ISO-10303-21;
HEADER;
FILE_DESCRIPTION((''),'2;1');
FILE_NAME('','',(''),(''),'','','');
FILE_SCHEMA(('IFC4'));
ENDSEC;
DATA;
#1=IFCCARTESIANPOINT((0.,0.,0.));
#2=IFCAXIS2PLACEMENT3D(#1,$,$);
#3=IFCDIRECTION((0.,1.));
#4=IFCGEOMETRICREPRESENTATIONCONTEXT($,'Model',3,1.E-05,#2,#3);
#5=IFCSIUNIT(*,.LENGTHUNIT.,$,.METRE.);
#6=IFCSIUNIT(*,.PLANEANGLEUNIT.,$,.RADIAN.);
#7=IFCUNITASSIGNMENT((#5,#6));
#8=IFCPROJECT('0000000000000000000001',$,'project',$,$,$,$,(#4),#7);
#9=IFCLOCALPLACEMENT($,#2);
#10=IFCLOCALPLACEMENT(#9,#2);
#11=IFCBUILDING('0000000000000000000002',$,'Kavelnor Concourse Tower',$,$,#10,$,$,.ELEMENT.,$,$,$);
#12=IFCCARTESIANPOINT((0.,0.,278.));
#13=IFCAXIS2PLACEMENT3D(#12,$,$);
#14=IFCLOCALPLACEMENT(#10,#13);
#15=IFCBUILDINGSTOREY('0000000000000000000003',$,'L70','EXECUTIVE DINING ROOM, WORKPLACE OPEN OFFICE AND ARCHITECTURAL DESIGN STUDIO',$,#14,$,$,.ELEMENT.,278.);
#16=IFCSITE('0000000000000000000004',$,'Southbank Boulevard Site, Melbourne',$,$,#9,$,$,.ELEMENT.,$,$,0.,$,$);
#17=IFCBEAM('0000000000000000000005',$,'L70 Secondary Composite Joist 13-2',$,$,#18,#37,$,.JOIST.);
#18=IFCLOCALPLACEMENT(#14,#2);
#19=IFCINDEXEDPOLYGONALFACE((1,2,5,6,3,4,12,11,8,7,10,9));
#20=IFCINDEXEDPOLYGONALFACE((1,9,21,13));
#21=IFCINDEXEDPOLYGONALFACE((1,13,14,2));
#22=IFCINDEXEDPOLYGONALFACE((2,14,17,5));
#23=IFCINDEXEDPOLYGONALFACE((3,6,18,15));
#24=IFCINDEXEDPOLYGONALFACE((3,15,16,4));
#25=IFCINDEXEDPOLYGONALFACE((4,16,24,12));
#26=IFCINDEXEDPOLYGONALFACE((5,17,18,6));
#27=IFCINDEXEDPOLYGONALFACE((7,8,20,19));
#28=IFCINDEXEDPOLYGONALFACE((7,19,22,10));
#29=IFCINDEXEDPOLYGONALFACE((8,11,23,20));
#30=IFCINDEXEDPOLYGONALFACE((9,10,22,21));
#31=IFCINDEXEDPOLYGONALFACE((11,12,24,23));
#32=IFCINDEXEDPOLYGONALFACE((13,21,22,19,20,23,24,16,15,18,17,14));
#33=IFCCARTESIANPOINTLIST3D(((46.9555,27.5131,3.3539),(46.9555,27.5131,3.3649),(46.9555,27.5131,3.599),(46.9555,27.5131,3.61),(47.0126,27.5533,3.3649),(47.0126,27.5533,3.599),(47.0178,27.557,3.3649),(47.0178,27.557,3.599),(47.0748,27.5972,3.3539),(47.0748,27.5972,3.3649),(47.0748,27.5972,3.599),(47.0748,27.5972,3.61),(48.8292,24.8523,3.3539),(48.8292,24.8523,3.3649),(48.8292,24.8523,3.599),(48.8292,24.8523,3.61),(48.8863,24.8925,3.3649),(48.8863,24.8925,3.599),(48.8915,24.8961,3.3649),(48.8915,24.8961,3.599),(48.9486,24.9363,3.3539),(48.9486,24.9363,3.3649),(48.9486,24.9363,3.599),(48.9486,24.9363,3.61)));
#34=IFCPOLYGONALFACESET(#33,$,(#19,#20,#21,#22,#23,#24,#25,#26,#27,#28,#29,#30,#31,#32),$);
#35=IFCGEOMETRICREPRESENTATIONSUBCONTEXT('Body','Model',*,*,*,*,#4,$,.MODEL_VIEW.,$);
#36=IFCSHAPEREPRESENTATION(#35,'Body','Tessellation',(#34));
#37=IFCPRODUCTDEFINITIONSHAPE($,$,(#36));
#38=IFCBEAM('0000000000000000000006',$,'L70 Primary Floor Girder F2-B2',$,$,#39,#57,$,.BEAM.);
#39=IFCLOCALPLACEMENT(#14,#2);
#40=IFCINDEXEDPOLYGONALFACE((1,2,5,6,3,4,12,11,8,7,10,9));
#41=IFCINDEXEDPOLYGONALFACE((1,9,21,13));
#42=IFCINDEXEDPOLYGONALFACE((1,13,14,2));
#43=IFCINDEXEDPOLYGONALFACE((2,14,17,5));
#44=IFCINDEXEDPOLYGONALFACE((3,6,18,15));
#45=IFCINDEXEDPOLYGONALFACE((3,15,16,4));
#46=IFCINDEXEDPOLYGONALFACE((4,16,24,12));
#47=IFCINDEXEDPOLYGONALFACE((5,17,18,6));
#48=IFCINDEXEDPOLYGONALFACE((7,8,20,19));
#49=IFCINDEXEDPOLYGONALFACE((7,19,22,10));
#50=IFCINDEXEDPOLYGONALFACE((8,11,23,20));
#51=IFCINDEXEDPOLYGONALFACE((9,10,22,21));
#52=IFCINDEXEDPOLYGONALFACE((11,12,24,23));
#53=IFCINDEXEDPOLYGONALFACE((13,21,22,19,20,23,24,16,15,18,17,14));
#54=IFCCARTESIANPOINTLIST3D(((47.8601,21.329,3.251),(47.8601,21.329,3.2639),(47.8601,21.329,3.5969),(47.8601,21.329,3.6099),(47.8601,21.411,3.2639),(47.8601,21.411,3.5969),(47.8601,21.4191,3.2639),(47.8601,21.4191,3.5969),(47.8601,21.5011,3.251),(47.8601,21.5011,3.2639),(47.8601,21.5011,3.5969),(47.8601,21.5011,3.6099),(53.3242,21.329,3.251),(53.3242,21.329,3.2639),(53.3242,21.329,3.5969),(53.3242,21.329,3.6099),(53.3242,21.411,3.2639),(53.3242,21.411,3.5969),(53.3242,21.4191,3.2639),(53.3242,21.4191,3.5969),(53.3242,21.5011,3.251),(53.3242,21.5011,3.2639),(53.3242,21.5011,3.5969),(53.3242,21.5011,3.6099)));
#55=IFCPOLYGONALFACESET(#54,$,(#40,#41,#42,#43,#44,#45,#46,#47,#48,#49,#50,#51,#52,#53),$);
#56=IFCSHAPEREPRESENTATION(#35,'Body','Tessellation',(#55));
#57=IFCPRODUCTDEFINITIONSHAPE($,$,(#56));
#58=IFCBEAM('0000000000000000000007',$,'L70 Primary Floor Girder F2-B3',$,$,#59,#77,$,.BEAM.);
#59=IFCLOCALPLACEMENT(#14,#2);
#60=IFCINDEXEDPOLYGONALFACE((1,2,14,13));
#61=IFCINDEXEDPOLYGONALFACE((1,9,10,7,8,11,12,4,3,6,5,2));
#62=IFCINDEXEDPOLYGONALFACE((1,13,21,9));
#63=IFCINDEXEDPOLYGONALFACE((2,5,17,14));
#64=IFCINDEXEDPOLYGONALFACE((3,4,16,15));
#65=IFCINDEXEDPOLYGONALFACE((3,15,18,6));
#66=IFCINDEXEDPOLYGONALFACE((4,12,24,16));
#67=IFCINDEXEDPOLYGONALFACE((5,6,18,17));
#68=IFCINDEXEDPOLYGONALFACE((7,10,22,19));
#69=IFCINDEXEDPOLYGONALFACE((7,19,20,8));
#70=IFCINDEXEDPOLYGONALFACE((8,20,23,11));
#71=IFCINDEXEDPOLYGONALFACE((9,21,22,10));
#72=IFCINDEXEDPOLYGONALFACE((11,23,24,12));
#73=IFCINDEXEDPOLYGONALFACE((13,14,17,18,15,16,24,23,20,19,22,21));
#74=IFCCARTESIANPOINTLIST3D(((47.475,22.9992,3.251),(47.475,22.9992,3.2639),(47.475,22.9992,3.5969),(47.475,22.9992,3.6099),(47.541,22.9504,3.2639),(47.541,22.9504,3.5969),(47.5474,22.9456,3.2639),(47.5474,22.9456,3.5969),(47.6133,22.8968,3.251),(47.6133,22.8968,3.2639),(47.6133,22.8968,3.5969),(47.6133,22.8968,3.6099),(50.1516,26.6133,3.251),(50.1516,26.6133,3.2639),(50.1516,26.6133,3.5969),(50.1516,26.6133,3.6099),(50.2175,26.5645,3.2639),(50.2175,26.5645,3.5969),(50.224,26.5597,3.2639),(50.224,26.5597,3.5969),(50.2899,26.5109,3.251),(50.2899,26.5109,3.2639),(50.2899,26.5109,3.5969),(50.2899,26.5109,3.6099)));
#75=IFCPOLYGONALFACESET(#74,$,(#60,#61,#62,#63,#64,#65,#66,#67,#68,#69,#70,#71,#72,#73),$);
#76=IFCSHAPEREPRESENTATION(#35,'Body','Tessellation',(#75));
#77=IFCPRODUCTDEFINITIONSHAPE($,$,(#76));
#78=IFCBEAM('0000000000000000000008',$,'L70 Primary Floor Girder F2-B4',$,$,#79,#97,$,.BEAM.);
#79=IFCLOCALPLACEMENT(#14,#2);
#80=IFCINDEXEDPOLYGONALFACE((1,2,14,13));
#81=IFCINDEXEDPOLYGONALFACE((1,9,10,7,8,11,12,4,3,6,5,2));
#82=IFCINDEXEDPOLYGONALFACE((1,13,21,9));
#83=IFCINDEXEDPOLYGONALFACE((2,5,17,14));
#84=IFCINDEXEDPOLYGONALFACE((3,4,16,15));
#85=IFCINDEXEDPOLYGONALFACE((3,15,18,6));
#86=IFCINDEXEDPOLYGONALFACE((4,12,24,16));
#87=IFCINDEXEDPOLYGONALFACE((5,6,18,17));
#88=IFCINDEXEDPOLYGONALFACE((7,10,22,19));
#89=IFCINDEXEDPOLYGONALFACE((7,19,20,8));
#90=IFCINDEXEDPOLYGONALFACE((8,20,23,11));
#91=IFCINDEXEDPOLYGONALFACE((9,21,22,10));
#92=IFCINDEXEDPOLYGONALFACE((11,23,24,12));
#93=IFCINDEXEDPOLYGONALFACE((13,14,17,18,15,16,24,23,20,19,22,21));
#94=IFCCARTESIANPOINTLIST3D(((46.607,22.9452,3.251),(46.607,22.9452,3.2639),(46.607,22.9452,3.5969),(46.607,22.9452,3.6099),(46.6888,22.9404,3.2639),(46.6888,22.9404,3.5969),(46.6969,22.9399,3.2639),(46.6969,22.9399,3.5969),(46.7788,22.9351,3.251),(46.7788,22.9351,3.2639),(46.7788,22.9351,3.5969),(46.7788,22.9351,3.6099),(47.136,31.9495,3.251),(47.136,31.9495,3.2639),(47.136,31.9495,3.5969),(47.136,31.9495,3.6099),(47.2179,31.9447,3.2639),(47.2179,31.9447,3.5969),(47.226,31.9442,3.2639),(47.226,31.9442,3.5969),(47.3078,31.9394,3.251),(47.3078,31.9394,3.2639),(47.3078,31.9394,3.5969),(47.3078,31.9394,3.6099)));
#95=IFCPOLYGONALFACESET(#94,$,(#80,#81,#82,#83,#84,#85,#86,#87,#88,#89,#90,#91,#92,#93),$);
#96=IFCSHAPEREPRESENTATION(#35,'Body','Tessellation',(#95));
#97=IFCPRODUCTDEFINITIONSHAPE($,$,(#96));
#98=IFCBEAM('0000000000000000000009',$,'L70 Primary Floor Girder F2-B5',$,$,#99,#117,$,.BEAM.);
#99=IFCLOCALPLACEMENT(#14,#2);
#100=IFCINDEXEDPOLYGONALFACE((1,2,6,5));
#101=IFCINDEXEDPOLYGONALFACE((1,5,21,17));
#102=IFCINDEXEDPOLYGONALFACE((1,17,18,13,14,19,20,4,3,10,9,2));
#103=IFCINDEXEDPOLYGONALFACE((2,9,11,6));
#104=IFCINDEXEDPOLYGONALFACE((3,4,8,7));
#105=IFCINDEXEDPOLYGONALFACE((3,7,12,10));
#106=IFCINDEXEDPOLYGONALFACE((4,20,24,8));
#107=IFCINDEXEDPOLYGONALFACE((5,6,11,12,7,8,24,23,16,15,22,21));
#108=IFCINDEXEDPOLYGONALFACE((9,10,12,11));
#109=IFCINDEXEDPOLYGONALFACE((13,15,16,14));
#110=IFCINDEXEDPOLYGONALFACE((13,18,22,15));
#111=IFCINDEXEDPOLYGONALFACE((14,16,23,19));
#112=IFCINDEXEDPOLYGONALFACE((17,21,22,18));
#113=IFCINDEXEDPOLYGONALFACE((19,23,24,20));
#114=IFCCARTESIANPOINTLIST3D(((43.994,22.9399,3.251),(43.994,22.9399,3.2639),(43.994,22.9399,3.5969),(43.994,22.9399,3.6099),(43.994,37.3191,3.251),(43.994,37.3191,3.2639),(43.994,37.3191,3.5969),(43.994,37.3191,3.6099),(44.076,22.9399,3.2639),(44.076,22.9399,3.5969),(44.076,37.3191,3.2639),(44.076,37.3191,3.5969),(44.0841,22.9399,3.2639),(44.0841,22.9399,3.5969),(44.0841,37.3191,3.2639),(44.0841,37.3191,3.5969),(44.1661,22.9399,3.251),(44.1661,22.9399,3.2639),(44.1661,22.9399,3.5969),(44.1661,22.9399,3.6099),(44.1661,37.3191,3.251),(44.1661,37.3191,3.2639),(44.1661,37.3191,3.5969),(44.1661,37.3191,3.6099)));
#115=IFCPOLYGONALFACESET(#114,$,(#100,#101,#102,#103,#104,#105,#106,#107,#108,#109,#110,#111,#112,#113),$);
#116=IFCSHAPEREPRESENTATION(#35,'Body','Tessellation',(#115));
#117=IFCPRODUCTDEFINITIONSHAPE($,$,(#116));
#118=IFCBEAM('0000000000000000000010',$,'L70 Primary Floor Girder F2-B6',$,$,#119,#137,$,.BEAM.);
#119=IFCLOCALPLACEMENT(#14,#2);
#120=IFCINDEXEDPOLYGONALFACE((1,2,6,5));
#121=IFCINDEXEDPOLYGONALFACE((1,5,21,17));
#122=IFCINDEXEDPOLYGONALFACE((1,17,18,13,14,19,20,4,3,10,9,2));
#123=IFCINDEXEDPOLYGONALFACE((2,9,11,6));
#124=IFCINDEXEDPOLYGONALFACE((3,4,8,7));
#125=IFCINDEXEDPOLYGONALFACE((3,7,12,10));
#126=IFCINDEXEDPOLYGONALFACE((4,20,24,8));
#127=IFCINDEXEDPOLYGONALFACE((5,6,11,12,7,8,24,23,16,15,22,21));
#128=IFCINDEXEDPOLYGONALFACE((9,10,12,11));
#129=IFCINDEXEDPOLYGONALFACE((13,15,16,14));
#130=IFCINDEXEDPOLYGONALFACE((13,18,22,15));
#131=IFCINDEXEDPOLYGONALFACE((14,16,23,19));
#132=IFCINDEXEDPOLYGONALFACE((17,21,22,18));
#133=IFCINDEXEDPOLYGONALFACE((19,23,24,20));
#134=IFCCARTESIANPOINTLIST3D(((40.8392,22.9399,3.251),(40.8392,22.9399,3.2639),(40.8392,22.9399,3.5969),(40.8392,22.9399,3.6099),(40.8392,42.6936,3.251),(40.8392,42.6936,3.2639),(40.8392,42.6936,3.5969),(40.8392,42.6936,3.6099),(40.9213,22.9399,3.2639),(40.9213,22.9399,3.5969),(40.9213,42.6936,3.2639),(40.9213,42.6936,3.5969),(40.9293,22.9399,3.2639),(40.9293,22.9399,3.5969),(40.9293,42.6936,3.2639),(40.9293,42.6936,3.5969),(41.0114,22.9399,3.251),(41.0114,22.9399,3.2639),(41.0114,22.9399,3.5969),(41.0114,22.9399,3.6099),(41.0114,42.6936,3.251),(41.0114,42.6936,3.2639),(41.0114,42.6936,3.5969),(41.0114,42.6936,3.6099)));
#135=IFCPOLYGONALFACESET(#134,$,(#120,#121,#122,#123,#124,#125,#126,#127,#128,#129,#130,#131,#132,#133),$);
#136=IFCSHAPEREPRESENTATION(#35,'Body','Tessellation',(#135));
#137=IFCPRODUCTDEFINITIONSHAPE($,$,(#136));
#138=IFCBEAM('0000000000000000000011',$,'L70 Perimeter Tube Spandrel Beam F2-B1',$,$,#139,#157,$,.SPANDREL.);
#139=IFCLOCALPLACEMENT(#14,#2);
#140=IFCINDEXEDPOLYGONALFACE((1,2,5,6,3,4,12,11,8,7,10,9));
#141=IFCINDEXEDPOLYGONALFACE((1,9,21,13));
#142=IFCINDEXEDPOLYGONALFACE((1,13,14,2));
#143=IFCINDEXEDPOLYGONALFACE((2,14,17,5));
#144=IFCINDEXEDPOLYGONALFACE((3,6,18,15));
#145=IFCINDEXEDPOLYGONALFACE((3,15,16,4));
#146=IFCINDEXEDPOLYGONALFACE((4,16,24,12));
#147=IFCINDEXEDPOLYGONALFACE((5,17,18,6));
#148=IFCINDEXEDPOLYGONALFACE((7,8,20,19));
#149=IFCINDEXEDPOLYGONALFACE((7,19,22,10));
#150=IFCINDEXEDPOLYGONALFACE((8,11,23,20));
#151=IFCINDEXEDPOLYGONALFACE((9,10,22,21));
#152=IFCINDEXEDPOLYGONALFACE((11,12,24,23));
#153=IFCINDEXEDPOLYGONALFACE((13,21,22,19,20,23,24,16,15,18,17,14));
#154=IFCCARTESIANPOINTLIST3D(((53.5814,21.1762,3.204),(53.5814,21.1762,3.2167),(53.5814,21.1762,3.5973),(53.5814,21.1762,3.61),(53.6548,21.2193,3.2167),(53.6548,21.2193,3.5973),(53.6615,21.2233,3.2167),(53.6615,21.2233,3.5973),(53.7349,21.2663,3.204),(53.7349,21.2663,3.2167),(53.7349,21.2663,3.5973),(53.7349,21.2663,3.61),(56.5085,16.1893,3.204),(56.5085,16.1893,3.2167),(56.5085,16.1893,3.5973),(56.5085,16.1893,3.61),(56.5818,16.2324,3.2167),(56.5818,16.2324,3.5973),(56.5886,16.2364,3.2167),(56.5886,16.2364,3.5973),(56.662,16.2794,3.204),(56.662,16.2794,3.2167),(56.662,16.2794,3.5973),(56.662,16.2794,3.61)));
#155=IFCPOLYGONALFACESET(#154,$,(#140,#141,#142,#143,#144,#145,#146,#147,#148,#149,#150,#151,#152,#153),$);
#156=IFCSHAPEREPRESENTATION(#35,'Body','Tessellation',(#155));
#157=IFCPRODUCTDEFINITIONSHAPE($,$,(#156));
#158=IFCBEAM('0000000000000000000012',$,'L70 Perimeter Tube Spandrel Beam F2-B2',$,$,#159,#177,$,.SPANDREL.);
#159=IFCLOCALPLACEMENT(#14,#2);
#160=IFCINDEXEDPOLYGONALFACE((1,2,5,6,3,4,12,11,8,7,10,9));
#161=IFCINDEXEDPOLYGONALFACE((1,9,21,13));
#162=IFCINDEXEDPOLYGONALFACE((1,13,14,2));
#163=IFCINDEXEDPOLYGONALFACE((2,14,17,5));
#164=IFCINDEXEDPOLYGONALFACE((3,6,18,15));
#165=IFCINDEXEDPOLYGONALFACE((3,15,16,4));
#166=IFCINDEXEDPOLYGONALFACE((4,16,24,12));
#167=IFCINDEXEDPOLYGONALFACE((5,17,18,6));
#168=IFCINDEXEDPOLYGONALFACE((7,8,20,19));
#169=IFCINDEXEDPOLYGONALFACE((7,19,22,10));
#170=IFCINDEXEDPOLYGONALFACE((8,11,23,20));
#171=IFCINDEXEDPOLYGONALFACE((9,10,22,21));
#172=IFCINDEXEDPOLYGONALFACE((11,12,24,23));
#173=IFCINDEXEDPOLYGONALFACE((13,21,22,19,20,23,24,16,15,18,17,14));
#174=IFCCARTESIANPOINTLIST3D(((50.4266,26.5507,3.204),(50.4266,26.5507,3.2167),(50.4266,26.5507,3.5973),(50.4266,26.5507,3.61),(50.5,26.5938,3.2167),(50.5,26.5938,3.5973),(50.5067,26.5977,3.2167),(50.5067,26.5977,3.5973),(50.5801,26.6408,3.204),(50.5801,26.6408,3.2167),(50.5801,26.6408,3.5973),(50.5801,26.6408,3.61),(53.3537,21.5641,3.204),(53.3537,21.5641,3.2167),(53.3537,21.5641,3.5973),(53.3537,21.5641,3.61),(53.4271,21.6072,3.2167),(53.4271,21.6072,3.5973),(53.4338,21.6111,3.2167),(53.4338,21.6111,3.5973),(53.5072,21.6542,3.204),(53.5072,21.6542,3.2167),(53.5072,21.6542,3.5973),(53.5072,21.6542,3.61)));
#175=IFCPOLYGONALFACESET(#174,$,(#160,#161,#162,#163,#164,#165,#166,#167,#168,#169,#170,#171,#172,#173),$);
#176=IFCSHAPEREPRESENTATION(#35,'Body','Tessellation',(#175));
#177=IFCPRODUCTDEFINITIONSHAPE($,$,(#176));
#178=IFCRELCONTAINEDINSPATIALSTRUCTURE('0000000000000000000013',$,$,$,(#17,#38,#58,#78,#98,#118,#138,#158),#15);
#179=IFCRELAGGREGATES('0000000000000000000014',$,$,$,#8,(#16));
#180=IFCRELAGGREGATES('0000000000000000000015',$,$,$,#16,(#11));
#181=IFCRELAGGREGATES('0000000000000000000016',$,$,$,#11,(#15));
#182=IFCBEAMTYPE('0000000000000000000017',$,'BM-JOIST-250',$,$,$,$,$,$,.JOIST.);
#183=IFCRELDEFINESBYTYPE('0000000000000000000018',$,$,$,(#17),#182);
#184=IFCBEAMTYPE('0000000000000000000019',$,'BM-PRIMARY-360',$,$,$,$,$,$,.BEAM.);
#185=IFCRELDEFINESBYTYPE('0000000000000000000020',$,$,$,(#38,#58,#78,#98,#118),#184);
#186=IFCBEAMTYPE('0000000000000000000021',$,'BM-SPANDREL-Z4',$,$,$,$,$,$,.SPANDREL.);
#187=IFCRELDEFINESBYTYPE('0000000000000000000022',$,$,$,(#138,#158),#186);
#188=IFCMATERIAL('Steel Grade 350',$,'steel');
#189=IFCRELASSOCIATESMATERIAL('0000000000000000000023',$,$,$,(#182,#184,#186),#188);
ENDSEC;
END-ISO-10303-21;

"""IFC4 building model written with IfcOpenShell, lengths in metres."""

from ifc_helpers import new_model, si_unit, direction, frame, origin, origin_2d, place, context, subcontext, project, spatial, i_section, extrude, material, material_profile, profile_set, type_object, element, save


model = new_model("IFC4")

# Units and contexts
model_context = context("Model", 3, precision=1e-05, world=origin(), true_north=direction((0.0, 1.0)))
body_context = subcontext(model_context, "Body", "Model", "MODEL_VIEW")
ifc_project = project(units=[si_unit("LENGTHUNIT", "METRE"), si_unit("PLANEANGLEUNIT", "RADIAN")], contexts=[model_context])

# Site, building, storey
site_placement = place(None, origin())
site = spatial("IfcSite", under=ifc_project, at=site_placement, Name="Southbank Boulevard Site, Melbourne", CompositionType="ELEMENT", RefElevation=0.0)
building_placement = place(site_placement, origin())
building = spatial("IfcBuilding", under=site, at=building_placement, Name="Kavelnor Concourse Tower", CompositionType="ELEMENT")
storey_placement = place(building_placement, frame((0.0, 0.0, 278.0)))
storey = spatial("IfcBuildingStorey", under=building, at=storey_placement, Name="L70", Description="EXECUTIVE DINING ROOM, WORKPLACE OPEN OFFICE AND ARCHITECTURAL DESIGN STUDIO", CompositionType="ELEMENT", Elevation=278.0)

# Shared definitions
ifc_material_1 = material(Name="Steel Grade 350", Category="steel")

# Beams
ifc_material_profile_1 = material_profile(ifc_material_1, i_section(OverallWidth=0.146, OverallDepth=0.2561, WebThickness=0.0063, FlangeThickness=0.011, at=origin_2d()), Name="250UB37")
ifc_profile_set_1 = profile_set([ifc_material_profile_1], Name="Steel Grade 350")
beam_type_1 = type_object("IfcBeamType", Name="BM-JOIST-250", PredefinedType="JOIST", material=ifc_profile_set_1)
beam_1_placement = place(storey_placement, frame((48.8889, 24.8943, 3.4819), z_axis=(-0.575761, 0.817618, 0.0), x_axis=(-0.817618, -0.575761, 0.0)))
element("IfcBeam", 1, at=beam_1_placement, inside=storey, type_object=beam_type_1, Name="L70 Secondary Composite Joist 13-2", PredefinedType="JOIST", context=body_context, shape_type="SweptSolid", body=[
    extrude(i_section(OverallWidth=0.146, OverallDepth=0.2561, WebThickness=0.0063, FlangeThickness=0.011, at=origin_2d()), origin(), (0.0, 0.0, 1.0), 3.2544),
])
ifc_material_profile_2 = material_profile(ifc_material_1, i_section(OverallWidth=0.1721, OverallDepth=0.3589, WebThickness=0.0081, FlangeThickness=0.0129, at=origin_2d()), Name="360UB56")
ifc_profile_set_2 = profile_set([ifc_material_profile_2], Name="Steel Grade 350")
beam_type_2 = type_object("IfcBeamType", Name="BM-PRIMARY-360", PredefinedType="BEAM", material=ifc_profile_set_2)
beam_2_placement = place(storey_placement, frame((47.8601, 21.415, 3.4304), z_axis=(1.0, 0.0, 0.0), x_axis=(0.0, 1.0, 0.0)))
element("IfcBeam", 2, at=beam_2_placement, inside=storey, type_object=beam_type_2, Name="L70 Primary Floor Girder F2-B2", PredefinedType="BEAM", context=body_context, shape_type="SweptSolid", body=[
    extrude(i_section(OverallWidth=0.1721, OverallDepth=0.3589, WebThickness=0.0081, FlangeThickness=0.0129, at=origin_2d()), origin(), (0.0, 0.0, 1.0), 5.4641),
])
beam_3_placement = place(storey_placement, frame((47.5442, 22.948, 3.4304), z_axis=(0.595151, 0.803614, 0.0), x_axis=(-0.803614, 0.595151, 0.0)))
element("IfcBeam", 3, at=beam_3_placement, inside=storey, type_object=beam_type_2, Name="L70 Primary Floor Girder F2-B3", PredefinedType="BEAM", context=body_context, shape_type="SweptSolid", body=[
    extrude(i_section(OverallWidth=0.1721, OverallDepth=0.3589, WebThickness=0.0081, FlangeThickness=0.0129, at=origin_2d()), origin(), (0.0, 0.0, 1.0), 4.4973),
])
beam_4_placement = place(storey_placement, frame((46.6929, 22.9402, 3.4304), z_axis=(0.058655, 0.998278, 0.0), x_axis=(-0.998278, 0.058655, 0.0)))
element("IfcBeam", 4, at=beam_4_placement, inside=storey, type_object=beam_type_2, Name="L70 Primary Floor Girder F2-B4", PredefinedType="BEAM", context=body_context, shape_type="SweptSolid", body=[
    extrude(i_section(OverallWidth=0.1721, OverallDepth=0.3589, WebThickness=0.0081, FlangeThickness=0.0129, at=origin_2d()), origin(), (0.0, 0.0, 1.0), 9.0198),
])
beam_5_placement = place(storey_placement, frame((44.0801, 22.9399, 3.4304), z_axis=(0.0, 1.0, 0.0), x_axis=(-1.0, 0.0, 0.0)))
element("IfcBeam", 5, at=beam_5_placement, inside=storey, type_object=beam_type_2, Name="L70 Primary Floor Girder F2-B5", PredefinedType="BEAM", context=body_context, shape_type="SweptSolid", body=[
    extrude(i_section(OverallWidth=0.1721, OverallDepth=0.3589, WebThickness=0.0081, FlangeThickness=0.0129, at=origin_2d()), origin(), (0.0, 0.0, 1.0), 14.3792),
])
beam_6_placement = place(storey_placement, frame((40.9253, 22.9399, 3.4304), z_axis=(0.0, 1.0, 0.0), x_axis=(-1.0, 0.0, 0.0)))
element("IfcBeam", 6, at=beam_6_placement, inside=storey, type_object=beam_type_2, Name="L70 Primary Floor Girder F2-B6", PredefinedType="BEAM", context=body_context, shape_type="SweptSolid", body=[
    extrude(i_section(OverallWidth=0.1721, OverallDepth=0.3589, WebThickness=0.0081, FlangeThickness=0.0129, at=origin_2d()), origin(), (0.0, 0.0, 1.0), 19.7537),
])
ifc_material_profile_3 = material_profile(ifc_material_1, i_section(OverallWidth=0.178, OverallDepth=0.406, WebThickness=0.0078, FlangeThickness=0.0127, at=origin_2d()), Name="410UB59")
ifc_profile_set_3 = profile_set([ifc_material_profile_3], Name="Steel Grade 350")
beam_type_3 = type_object("IfcBeamType", Name="BM-SPANDREL-Z4", PredefinedType="SPANDREL", material=ifc_profile_set_3)
beam_7_placement = place(storey_placement, frame((56.5852, 16.2344, 3.407), z_axis=(-0.506195, 0.862419, 0.0), x_axis=(-0.862419, -0.506195, 0.0)))
element("IfcBeam", 7, at=beam_7_placement, inside=storey, type_object=beam_type_3, Name="L70 Perimeter Tube Spandrel Beam F2-B1", PredefinedType="SPANDREL", context=body_context, shape_type="SweptSolid", body=[
    extrude(i_section(OverallWidth=0.178, OverallDepth=0.406, WebThickness=0.0078, FlangeThickness=0.0127, at=origin_2d()), origin(), (0.0, 0.0, 1.0), 5.7825),
])
beam_8_placement = place(storey_placement, frame((53.4304, 21.6091, 3.407), z_axis=(-0.506214, 0.862408, 0.0), x_axis=(-0.862408, -0.506214, 0.0)))
element("IfcBeam", 8, at=beam_8_placement, inside=storey, type_object=beam_type_3, Name="L70 Perimeter Tube Spandrel Beam F2-B2", PredefinedType="SPANDREL", context=body_context, shape_type="SweptSolid", body=[
    extrude(i_section(OverallWidth=0.178, OverallDepth=0.406, WebThickness=0.0078, FlangeThickness=0.0127, at=origin_2d()), origin(), (0.0, 0.0, 1.0), 5.7822),
])

save(model, "model.ifc")
